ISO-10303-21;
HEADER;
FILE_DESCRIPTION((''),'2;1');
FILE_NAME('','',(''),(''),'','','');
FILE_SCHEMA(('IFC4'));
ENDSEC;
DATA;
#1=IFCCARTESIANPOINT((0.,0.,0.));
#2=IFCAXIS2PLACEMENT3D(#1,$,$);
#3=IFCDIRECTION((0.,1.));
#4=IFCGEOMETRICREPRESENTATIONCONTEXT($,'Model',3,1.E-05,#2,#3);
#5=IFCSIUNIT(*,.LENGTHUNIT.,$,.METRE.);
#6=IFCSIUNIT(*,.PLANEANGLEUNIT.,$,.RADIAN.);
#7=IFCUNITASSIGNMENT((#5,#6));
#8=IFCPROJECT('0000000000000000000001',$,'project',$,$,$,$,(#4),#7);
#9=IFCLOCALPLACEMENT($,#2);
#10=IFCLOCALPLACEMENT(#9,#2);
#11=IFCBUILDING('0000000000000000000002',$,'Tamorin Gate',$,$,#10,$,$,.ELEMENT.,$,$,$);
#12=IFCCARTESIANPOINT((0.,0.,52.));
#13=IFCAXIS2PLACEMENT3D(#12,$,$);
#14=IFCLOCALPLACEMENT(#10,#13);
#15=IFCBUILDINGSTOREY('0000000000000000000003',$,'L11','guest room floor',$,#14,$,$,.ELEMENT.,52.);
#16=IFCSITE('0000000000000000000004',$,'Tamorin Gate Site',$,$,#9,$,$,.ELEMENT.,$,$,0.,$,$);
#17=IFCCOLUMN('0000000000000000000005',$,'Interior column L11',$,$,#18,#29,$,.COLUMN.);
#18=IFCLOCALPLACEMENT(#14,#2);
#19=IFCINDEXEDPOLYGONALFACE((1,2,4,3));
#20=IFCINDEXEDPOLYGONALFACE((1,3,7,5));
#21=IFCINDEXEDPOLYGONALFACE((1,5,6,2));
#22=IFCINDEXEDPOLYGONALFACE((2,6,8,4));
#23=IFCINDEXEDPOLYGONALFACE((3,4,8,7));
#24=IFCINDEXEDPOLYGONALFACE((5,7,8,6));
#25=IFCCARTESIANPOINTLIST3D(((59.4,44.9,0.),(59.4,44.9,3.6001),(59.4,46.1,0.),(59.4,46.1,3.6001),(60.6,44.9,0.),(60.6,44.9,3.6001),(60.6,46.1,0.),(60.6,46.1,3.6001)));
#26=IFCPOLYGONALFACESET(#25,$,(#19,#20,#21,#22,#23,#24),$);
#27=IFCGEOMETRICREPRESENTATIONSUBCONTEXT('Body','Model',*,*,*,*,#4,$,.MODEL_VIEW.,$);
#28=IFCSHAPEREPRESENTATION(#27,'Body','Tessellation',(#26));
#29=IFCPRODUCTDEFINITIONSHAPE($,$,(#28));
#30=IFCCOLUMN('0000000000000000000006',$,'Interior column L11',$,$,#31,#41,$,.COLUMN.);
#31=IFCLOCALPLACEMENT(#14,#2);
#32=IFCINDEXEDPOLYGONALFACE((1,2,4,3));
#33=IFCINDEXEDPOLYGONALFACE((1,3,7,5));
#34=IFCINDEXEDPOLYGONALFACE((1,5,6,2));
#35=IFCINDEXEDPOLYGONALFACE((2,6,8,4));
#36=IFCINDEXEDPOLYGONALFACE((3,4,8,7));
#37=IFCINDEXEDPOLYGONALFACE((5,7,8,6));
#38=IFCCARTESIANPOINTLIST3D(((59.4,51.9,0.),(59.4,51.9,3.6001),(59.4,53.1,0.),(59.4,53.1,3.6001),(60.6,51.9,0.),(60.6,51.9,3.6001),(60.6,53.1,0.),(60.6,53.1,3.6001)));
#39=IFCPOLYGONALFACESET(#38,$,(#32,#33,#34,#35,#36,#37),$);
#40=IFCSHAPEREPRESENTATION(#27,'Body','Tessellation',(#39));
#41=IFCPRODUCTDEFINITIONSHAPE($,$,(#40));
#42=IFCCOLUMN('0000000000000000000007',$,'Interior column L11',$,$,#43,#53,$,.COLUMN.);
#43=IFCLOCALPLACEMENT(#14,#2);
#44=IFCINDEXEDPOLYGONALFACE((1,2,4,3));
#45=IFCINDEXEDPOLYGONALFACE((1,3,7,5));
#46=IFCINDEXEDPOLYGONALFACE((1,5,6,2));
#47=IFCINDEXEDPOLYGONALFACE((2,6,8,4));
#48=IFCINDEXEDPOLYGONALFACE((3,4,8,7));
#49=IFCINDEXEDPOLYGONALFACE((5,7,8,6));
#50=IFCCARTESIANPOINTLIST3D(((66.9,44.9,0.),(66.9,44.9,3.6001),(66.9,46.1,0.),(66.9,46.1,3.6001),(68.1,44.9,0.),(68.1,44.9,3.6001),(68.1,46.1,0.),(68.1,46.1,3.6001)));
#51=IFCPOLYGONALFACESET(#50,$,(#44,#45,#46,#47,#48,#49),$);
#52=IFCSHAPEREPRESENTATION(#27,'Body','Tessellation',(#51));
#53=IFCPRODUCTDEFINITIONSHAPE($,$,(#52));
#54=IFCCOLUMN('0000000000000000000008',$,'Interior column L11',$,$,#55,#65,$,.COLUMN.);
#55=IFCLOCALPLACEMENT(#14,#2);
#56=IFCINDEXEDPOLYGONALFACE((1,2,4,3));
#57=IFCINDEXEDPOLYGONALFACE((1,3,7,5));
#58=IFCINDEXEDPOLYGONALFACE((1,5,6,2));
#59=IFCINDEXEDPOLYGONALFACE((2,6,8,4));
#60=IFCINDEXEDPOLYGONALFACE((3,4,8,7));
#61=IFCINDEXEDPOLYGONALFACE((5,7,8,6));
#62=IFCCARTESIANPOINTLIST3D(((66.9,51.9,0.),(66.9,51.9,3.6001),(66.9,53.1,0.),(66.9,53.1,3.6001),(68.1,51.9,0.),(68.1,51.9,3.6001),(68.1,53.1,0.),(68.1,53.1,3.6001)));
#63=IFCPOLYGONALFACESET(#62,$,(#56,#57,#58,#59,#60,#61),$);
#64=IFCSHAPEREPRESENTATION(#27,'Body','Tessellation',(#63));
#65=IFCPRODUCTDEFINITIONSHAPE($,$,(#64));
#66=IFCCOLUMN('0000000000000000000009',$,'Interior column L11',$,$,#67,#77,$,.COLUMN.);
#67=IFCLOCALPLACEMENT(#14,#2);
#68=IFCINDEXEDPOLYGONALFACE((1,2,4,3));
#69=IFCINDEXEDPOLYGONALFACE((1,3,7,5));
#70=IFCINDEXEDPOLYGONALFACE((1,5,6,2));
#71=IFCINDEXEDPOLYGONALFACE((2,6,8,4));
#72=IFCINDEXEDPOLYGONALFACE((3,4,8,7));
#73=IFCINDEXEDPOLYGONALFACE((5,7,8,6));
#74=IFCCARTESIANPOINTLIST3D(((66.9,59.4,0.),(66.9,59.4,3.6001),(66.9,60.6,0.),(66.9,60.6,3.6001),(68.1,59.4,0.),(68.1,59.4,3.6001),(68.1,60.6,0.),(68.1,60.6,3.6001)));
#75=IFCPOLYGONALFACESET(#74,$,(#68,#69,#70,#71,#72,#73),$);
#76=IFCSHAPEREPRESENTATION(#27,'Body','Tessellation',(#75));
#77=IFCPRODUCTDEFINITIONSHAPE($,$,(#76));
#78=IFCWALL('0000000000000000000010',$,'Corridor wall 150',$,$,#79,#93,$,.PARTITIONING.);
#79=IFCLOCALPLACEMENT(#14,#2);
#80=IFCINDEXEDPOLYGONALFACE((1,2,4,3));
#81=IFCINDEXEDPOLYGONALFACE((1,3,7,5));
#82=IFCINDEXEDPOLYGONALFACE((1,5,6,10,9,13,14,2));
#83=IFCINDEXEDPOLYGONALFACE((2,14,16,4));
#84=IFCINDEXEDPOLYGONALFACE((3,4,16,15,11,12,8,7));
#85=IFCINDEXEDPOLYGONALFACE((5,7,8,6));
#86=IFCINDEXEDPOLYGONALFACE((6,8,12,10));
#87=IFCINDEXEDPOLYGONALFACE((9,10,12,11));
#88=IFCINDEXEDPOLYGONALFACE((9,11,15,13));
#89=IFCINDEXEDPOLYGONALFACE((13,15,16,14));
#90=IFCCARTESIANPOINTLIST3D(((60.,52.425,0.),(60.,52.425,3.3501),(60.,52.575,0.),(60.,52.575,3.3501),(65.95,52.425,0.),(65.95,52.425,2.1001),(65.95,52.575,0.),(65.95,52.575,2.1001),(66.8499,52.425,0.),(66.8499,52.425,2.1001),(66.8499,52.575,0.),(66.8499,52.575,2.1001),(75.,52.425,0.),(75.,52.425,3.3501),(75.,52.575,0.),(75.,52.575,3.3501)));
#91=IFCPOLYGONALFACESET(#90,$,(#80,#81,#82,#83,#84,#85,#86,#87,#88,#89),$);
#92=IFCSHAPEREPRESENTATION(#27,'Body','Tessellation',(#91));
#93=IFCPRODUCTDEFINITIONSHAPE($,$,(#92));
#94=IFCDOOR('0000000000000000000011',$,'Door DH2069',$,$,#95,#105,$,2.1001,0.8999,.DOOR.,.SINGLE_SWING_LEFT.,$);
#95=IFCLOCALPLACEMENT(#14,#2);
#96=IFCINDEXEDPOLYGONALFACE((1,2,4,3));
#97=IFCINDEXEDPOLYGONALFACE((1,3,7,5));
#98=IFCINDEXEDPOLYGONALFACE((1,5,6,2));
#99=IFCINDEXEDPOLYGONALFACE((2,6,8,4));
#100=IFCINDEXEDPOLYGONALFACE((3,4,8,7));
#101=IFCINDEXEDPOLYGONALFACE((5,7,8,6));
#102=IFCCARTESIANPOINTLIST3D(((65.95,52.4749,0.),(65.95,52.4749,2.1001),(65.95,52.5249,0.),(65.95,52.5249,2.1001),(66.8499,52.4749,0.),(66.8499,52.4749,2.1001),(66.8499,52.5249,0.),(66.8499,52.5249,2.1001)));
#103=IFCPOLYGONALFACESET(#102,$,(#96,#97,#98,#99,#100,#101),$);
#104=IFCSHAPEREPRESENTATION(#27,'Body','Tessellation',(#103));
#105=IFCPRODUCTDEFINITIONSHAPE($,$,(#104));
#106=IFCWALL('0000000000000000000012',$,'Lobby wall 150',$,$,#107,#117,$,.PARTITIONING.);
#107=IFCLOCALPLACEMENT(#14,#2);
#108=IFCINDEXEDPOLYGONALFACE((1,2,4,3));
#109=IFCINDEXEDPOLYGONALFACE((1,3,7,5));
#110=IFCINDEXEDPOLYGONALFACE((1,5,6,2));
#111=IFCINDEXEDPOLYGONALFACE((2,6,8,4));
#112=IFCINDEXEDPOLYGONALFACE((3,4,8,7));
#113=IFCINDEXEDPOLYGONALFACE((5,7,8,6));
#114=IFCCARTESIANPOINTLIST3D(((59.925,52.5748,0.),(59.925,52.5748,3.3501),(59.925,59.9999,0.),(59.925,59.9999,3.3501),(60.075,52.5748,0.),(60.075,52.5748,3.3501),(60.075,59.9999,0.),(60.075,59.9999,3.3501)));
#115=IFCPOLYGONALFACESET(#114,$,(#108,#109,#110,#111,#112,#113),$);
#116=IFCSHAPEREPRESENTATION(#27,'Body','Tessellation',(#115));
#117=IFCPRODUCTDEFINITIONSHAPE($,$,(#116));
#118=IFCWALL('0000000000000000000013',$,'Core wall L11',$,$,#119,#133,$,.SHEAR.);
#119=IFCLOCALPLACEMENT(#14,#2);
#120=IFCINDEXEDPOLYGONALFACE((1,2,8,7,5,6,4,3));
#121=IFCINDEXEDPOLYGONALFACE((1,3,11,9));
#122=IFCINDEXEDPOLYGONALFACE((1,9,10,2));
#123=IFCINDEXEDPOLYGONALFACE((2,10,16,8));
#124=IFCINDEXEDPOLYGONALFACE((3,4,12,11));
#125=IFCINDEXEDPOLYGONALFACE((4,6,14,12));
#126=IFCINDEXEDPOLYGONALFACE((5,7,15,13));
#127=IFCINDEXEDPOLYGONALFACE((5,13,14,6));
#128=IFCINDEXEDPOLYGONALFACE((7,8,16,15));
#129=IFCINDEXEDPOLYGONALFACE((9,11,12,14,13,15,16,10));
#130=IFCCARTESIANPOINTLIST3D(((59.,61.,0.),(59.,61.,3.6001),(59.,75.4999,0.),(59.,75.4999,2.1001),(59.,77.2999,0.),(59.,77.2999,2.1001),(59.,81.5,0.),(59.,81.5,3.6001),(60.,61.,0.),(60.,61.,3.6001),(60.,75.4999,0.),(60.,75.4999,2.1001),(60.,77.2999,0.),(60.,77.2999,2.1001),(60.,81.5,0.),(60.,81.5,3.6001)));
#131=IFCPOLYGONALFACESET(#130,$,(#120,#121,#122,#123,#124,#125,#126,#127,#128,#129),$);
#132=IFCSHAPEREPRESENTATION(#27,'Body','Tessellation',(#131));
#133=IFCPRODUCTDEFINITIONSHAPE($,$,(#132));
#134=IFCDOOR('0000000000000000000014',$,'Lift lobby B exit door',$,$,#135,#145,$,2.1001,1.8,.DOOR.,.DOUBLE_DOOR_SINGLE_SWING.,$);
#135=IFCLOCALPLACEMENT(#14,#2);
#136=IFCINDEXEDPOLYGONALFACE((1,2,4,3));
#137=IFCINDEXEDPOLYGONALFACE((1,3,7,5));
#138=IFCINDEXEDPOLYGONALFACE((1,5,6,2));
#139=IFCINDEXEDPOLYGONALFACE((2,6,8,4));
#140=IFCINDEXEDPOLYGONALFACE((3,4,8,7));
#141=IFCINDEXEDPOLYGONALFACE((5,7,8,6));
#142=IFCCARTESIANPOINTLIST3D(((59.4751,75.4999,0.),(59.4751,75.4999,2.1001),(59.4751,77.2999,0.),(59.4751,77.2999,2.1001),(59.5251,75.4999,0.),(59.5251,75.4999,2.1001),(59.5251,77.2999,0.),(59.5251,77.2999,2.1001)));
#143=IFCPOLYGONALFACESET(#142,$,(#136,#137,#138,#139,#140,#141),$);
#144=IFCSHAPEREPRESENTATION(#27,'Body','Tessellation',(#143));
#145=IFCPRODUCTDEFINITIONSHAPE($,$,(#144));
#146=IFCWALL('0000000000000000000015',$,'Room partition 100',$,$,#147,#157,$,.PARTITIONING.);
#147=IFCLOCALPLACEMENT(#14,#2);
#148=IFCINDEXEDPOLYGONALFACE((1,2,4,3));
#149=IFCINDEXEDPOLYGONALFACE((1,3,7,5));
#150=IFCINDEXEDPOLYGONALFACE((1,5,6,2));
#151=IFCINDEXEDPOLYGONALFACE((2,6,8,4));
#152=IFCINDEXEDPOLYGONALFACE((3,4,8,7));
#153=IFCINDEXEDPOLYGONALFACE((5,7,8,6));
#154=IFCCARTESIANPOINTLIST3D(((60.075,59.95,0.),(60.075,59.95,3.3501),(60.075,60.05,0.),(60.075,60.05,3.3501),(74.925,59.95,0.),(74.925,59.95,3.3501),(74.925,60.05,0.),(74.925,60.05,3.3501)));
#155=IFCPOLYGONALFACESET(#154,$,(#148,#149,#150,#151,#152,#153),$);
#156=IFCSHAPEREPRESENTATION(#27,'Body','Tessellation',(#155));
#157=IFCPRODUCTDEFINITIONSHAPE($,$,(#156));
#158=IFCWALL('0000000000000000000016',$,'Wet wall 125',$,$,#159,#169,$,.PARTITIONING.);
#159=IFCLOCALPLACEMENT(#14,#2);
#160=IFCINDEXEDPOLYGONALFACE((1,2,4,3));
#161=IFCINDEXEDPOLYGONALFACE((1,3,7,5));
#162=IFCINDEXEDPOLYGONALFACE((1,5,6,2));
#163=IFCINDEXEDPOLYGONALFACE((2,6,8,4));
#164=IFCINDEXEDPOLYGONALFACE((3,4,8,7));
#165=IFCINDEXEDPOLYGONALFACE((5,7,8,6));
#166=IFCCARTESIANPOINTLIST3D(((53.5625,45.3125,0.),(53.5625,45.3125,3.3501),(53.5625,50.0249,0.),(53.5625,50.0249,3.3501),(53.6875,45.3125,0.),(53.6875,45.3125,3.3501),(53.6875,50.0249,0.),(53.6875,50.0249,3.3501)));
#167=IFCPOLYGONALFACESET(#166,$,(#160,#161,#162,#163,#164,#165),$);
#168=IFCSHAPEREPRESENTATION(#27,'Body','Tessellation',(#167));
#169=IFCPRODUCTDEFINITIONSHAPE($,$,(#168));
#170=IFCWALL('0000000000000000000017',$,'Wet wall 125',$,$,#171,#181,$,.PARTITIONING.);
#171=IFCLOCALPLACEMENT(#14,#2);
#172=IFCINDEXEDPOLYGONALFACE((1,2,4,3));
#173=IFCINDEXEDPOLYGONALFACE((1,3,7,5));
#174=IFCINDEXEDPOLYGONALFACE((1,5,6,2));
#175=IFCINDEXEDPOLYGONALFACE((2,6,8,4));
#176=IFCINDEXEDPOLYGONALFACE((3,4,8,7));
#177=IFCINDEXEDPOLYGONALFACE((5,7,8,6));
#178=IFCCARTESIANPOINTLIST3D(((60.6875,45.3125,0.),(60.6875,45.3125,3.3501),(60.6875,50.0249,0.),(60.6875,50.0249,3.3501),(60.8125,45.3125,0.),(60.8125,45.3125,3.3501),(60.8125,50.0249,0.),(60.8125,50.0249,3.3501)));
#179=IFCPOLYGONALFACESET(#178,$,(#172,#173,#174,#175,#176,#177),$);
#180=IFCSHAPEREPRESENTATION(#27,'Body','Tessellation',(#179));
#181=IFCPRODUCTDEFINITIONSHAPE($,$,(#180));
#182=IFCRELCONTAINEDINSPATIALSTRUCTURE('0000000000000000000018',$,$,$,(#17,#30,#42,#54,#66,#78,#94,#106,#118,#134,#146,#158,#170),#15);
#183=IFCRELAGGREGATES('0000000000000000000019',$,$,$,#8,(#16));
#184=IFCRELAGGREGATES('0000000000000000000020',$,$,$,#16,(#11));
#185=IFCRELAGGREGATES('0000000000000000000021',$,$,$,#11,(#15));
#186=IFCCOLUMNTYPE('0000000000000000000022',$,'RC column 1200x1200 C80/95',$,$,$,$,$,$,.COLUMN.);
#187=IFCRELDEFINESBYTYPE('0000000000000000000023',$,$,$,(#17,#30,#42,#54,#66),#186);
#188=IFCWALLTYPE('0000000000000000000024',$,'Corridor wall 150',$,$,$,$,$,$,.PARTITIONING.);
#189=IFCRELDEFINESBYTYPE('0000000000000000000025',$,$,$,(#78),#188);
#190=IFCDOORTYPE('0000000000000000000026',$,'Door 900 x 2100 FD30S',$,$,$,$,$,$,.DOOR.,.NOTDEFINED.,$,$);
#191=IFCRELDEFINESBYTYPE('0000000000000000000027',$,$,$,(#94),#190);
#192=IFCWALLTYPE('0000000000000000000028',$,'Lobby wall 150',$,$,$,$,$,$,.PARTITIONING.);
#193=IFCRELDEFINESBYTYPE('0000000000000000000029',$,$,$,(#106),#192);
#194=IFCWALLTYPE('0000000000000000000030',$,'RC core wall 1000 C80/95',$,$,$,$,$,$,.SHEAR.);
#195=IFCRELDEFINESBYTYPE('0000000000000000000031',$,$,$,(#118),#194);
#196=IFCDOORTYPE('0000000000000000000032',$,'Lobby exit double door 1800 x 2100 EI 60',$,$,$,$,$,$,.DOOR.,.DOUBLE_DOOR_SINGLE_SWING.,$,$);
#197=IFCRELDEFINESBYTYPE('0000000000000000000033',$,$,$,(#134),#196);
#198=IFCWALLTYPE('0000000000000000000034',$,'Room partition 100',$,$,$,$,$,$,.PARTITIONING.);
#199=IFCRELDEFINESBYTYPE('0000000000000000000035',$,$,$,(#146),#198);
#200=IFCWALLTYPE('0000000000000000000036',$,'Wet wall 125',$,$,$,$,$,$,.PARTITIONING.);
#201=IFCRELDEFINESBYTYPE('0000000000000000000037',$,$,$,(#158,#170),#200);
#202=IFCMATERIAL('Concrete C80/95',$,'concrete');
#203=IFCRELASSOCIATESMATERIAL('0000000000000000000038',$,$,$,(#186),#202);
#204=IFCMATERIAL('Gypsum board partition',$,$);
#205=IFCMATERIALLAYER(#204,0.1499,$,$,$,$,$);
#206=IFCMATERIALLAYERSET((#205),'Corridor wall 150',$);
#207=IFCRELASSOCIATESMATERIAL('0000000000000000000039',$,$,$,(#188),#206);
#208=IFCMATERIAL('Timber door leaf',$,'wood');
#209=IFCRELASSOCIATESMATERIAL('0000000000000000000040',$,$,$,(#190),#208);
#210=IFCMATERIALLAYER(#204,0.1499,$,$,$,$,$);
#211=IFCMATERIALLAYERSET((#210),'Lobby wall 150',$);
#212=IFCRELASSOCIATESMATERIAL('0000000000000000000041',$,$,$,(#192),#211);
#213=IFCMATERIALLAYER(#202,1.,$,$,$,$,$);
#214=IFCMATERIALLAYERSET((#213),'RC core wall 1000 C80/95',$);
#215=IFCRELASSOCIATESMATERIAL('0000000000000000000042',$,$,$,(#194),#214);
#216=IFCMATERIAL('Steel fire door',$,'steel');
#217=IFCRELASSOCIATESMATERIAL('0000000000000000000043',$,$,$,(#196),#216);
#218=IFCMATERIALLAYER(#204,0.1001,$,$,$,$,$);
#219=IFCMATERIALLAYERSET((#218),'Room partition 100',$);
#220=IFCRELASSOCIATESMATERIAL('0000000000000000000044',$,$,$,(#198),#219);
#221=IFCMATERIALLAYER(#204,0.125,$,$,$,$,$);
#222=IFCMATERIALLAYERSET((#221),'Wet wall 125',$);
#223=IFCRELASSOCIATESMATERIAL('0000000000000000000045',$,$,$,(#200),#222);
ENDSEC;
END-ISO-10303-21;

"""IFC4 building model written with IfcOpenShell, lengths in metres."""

from ifc_helpers import new_model, si_unit, direction, frame, frame_2d, origin, origin_2d, place, context, subcontext, project, spatial, rectangle, extrude, material, layer, layer_set, material_profile, profile_set, type_object, element, fill, save


model = new_model("IFC4")

# Units and contexts
model_context = context("Model", 3, precision=1e-05, world=origin(), true_north=direction((0.0, 1.0)))
body_context = subcontext(model_context, "Body", "Model", "MODEL_VIEW")
ifc_project = project(units=[si_unit("LENGTHUNIT", "METRE"), si_unit("PLANEANGLEUNIT", "RADIAN")], contexts=[model_context])

# Site, building, storey
site_placement = place(None, origin())
site = spatial("IfcSite", under=ifc_project, at=site_placement, Name="Tamorin Gate Site", CompositionType="ELEMENT", RefElevation=0.0)
building_placement = place(site_placement, origin())
building = spatial("IfcBuilding", under=site, at=building_placement, Name="Tamorin Gate", CompositionType="ELEMENT")
storey_placement = place(building_placement, frame((0.0, 0.0, 52.0)))
storey = spatial("IfcBuildingStorey", under=building, at=storey_placement, Name="L11", Description="guest room floor", CompositionType="ELEMENT", Elevation=52.0)

# Columns
ifc_material_1 = material(Name="Concrete C80/95", Category="concrete")
ifc_material_profile = material_profile(ifc_material_1, rectangle(XDim=1.2, YDim=1.2, at=origin_2d()), Name="RC 1200x1200")
ifc_profile_set = profile_set([ifc_material_profile], Name="Concrete C80/95")
column_type = type_object("IfcColumnType", Name="RC column 1200x1200 C80/95", PredefinedType="COLUMN", material=ifc_profile_set)
for number, where, z_axis, x_axis, name in (
    (1, (60.0, 45.5, 0.0), (0.0, 0.0, 1.0), (1.0, 0.0, 0.0), "Interior column L11"),
    (2, (60.0, 52.5, 0.0), (0.0, 0.0, 1.0), (1.0, 0.0, 0.0), "Interior column L11"),
    (3, (67.5, 45.5, 0.0), (0.0, 0.0, 1.0), (1.0, 0.0, 0.0), "Interior column L11"),
    (4, (67.5, 52.5, 0.0), (0.0, 0.0, 1.0), (1.0, 0.0, 0.0), "Interior column L11"),
    (5, (67.5, 60.0, 0.0), (0.0, 0.0, 1.0), (1.0, 0.0, 0.0), "Interior column L11"),
):
    element("IfcColumn", number, at=place(storey_placement, frame(where, z_axis=z_axis, x_axis=x_axis)), inside=storey, type_object=column_type, Name=name, PredefinedType="COLUMN", context=body_context, shape_type="SweptSolid", body=[
        extrude(rectangle(XDim=1.2, YDim=1.2, at=origin_2d()), origin(), (0.0, 0.0, 1.0), 3.6001),
    ])

# Wall, opening, door
ifc_material_2 = material(Name="Gypsum board partition")
ifc_layer_1 = layer(ifc_material_2, 0.1499)
ifc_layer_set_1 = layer_set([ifc_layer_1], Name="Corridor wall 150")
wall_type_1 = type_object("IfcWallType", Name="Corridor wall 150", PredefinedType="PARTITIONING", material=ifc_layer_set_1)
wall_1_placement = place(storey_placement, frame((60.0, 52.5, 0.0), z_axis=(0.0, 0.0, 1.0), x_axis=(1.0, 0.0, 0.0)))
wall_1 = element("IfcWall", 6, at=wall_1_placement, inside=storey, type_object=wall_type_1, Name="Corridor wall 150", PredefinedType="PARTITIONING", context=body_context, shape_type="SweptSolid", body=[
    extrude(rectangle(XDim=15.0, YDim=0.1499, at=frame_2d((7.5, 0.0))), origin(), (0.0, 0.0, 1.0), 3.3501),
])
opening_1_placement = place(wall_1_placement, frame((5.95, 0.0, 0.0)))
opening_1 = element("IfcOpeningElement", 7, at=opening_1_placement, cuts=wall_1, PredefinedType="OPENING", context=body_context, shape_type="SweptSolid", body=[
    extrude(rectangle(XDim=0.8999, YDim=2.1001, at=frame_2d((0.45, 1.05))), frame((0.0, 0.085, 0.0), z_axis=(0.0, -1.0, 0.0), x_axis=(1.0, 0.0, 0.0)), (0.0, 0.0, 1.0), 0.1699),
])
ifc_material_3 = material(Name="Timber door leaf", Category="wood")
door_type_1 = type_object("IfcDoorType", Name="Door 900 x 2100 FD30S", OperationType="NOTDEFINED", PredefinedType="DOOR", material=ifc_material_3)
door_1_placement = place(opening_1_placement, origin())
door_1 = element("IfcDoor", 8, at=door_1_placement, inside=storey, type_object=door_type_1, Name="Door DH2069", OperationType="SINGLE_SWING_LEFT", OverallHeight=2.1001, OverallWidth=0.8999, PredefinedType="DOOR", context=body_context, shape_type="SweptSolid", body=[
    extrude(rectangle(XDim=0.8999, YDim=2.1001, at=frame_2d((0.45, 1.05))), frame((0.0, 0.0249, 0.0), z_axis=(0.0, -1.0, 0.0), x_axis=(1.0, 0.0, 0.0)), (0.0, 0.0, 1.0), 0.05),
])
fill(opening_1, door_1)

# Wall
ifc_layer_2 = layer(ifc_material_2, 0.1499)
ifc_layer_set_2 = layer_set([ifc_layer_2], Name="Lobby wall 150")
wall_type_2 = type_object("IfcWallType", Name="Lobby wall 150", PredefinedType="PARTITIONING", material=ifc_layer_set_2)
wall_2_placement = place(storey_placement, frame((60.0, 52.575, 0.0), z_axis=(0.0, 0.0, 1.0), x_axis=(0.0, 1.0, 0.0)))
element("IfcWall", 9, at=wall_2_placement, inside=storey, type_object=wall_type_2, Name="Lobby wall 150", PredefinedType="PARTITIONING", context=body_context, shape_type="SweptSolid", body=[
    extrude(rectangle(XDim=7.425, YDim=0.1499, at=frame_2d((3.7124, 0.0))), origin(), (0.0, 0.0, 1.0), 3.3501),
])

# Wall, opening, door
ifc_layer_3 = layer(ifc_material_1, 1.0)
ifc_layer_set_3 = layer_set([ifc_layer_3], Name="RC core wall 1000 C80/95")
wall_type_3 = type_object("IfcWallType", Name="RC core wall 1000 C80/95", PredefinedType="SHEAR", material=ifc_layer_set_3)
wall_3_placement = place(storey_placement, frame((59.5, 61.0, 0.0), z_axis=(0.0, 0.0, 1.0), x_axis=(0.0, 1.0, 0.0)))
wall_3 = element("IfcWall", 10, at=wall_3_placement, inside=storey, type_object=wall_type_3, Name="Core wall L11", PredefinedType="SHEAR", context=body_context, shape_type="SweptSolid", body=[
    extrude(rectangle(XDim=20.5, YDim=1.0, at=frame_2d((10.25, 0.0))), origin(), (0.0, 0.0, 1.0), 3.6001),
])
opening_2_placement = place(wall_3_placement, frame((14.5, 0.0, 0.0)))
opening_2 = element("IfcOpeningElement", 11, at=opening_2_placement, cuts=wall_3, PredefinedType="OPENING", context=body_context, shape_type="SweptSolid", body=[
    extrude(rectangle(XDim=1.8, YDim=2.1001, at=frame_2d((0.8999, 1.05))), frame((0.0, 0.51, 0.0), z_axis=(0.0, -1.0, 0.0), x_axis=(1.0, 0.0, 0.0)), (0.0, 0.0, 1.0), 1.02),
])
ifc_material_4 = material(Name="Steel fire door", Category="steel")
door_type_2 = type_object("IfcDoorType", Name="Lobby exit double door 1800 x 2100 EI 60", OperationType="DOUBLE_DOOR_SINGLE_SWING", PredefinedType="DOOR", material=ifc_material_4)
door_2_placement = place(opening_2_placement, origin())
door_2 = element("IfcDoor", 12, at=door_2_placement, inside=storey, type_object=door_type_2, Name="Lift lobby B exit door", OperationType="DOUBLE_DOOR_SINGLE_SWING", OverallHeight=2.1001, OverallWidth=1.8, PredefinedType="DOOR", context=body_context, shape_type="SweptSolid", body=[
    extrude(rectangle(XDim=1.8, YDim=2.1001, at=frame_2d((0.8999, 1.05))), frame((0.0, 0.0249, 0.0), z_axis=(0.0, -1.0, 0.0), x_axis=(1.0, 0.0, 0.0)), (0.0, 0.0, 1.0), 0.05),
])
fill(opening_2, door_2)

# Walls
ifc_layer_4 = layer(ifc_material_2, 0.1001)
ifc_layer_set_4 = layer_set([ifc_layer_4], Name="Room partition 100")
wall_type_4 = type_object("IfcWallType", Name="Room partition 100", PredefinedType="PARTITIONING", material=ifc_layer_set_4)
wall_4_placement = place(storey_placement, frame((60.075, 60.0, 0.0), z_axis=(0.0, 0.0, 1.0), x_axis=(1.0, 0.0, 0.0)))
element("IfcWall", 13, at=wall_4_placement, inside=storey, type_object=wall_type_4, Name="Room partition 100", PredefinedType="PARTITIONING", context=body_context, shape_type="SweptSolid", body=[
    extrude(rectangle(XDim=14.8501, YDim=0.1001, at=frame_2d((7.425, 0.0))), origin(), (0.0, 0.0, 1.0), 3.3501),
])
ifc_layer_5 = layer(ifc_material_2, 0.125)
ifc_layer_set_5 = layer_set([ifc_layer_5], Name="Wet wall 125")
wall_type_5 = type_object("IfcWallType", Name="Wet wall 125", PredefinedType="PARTITIONING", material=ifc_layer_set_5)
for number, where, z_axis, x_axis, name in (
    (14, (53.625, 45.3125, 0.0), (0.0, 0.0, 1.0), (0.0, 1.0, 0.0), "Wet wall 125"),
    (15, (60.75, 45.3125, 0.0), (0.0, 0.0, 1.0), (0.0, 1.0, 0.0), "Wet wall 125"),
):
    element("IfcWall", number, at=place(storey_placement, frame(where, z_axis=z_axis, x_axis=x_axis)), inside=storey, type_object=wall_type_5, Name=name, PredefinedType="PARTITIONING", context=body_context, shape_type="SweptSolid", body=[
        extrude(rectangle(XDim=4.7124, YDim=0.125, at=frame_2d((2.3562, 0.0))), origin(), (0.0, 0.0, 1.0), 3.3501),
    ])

save(model, "model.ifc")
